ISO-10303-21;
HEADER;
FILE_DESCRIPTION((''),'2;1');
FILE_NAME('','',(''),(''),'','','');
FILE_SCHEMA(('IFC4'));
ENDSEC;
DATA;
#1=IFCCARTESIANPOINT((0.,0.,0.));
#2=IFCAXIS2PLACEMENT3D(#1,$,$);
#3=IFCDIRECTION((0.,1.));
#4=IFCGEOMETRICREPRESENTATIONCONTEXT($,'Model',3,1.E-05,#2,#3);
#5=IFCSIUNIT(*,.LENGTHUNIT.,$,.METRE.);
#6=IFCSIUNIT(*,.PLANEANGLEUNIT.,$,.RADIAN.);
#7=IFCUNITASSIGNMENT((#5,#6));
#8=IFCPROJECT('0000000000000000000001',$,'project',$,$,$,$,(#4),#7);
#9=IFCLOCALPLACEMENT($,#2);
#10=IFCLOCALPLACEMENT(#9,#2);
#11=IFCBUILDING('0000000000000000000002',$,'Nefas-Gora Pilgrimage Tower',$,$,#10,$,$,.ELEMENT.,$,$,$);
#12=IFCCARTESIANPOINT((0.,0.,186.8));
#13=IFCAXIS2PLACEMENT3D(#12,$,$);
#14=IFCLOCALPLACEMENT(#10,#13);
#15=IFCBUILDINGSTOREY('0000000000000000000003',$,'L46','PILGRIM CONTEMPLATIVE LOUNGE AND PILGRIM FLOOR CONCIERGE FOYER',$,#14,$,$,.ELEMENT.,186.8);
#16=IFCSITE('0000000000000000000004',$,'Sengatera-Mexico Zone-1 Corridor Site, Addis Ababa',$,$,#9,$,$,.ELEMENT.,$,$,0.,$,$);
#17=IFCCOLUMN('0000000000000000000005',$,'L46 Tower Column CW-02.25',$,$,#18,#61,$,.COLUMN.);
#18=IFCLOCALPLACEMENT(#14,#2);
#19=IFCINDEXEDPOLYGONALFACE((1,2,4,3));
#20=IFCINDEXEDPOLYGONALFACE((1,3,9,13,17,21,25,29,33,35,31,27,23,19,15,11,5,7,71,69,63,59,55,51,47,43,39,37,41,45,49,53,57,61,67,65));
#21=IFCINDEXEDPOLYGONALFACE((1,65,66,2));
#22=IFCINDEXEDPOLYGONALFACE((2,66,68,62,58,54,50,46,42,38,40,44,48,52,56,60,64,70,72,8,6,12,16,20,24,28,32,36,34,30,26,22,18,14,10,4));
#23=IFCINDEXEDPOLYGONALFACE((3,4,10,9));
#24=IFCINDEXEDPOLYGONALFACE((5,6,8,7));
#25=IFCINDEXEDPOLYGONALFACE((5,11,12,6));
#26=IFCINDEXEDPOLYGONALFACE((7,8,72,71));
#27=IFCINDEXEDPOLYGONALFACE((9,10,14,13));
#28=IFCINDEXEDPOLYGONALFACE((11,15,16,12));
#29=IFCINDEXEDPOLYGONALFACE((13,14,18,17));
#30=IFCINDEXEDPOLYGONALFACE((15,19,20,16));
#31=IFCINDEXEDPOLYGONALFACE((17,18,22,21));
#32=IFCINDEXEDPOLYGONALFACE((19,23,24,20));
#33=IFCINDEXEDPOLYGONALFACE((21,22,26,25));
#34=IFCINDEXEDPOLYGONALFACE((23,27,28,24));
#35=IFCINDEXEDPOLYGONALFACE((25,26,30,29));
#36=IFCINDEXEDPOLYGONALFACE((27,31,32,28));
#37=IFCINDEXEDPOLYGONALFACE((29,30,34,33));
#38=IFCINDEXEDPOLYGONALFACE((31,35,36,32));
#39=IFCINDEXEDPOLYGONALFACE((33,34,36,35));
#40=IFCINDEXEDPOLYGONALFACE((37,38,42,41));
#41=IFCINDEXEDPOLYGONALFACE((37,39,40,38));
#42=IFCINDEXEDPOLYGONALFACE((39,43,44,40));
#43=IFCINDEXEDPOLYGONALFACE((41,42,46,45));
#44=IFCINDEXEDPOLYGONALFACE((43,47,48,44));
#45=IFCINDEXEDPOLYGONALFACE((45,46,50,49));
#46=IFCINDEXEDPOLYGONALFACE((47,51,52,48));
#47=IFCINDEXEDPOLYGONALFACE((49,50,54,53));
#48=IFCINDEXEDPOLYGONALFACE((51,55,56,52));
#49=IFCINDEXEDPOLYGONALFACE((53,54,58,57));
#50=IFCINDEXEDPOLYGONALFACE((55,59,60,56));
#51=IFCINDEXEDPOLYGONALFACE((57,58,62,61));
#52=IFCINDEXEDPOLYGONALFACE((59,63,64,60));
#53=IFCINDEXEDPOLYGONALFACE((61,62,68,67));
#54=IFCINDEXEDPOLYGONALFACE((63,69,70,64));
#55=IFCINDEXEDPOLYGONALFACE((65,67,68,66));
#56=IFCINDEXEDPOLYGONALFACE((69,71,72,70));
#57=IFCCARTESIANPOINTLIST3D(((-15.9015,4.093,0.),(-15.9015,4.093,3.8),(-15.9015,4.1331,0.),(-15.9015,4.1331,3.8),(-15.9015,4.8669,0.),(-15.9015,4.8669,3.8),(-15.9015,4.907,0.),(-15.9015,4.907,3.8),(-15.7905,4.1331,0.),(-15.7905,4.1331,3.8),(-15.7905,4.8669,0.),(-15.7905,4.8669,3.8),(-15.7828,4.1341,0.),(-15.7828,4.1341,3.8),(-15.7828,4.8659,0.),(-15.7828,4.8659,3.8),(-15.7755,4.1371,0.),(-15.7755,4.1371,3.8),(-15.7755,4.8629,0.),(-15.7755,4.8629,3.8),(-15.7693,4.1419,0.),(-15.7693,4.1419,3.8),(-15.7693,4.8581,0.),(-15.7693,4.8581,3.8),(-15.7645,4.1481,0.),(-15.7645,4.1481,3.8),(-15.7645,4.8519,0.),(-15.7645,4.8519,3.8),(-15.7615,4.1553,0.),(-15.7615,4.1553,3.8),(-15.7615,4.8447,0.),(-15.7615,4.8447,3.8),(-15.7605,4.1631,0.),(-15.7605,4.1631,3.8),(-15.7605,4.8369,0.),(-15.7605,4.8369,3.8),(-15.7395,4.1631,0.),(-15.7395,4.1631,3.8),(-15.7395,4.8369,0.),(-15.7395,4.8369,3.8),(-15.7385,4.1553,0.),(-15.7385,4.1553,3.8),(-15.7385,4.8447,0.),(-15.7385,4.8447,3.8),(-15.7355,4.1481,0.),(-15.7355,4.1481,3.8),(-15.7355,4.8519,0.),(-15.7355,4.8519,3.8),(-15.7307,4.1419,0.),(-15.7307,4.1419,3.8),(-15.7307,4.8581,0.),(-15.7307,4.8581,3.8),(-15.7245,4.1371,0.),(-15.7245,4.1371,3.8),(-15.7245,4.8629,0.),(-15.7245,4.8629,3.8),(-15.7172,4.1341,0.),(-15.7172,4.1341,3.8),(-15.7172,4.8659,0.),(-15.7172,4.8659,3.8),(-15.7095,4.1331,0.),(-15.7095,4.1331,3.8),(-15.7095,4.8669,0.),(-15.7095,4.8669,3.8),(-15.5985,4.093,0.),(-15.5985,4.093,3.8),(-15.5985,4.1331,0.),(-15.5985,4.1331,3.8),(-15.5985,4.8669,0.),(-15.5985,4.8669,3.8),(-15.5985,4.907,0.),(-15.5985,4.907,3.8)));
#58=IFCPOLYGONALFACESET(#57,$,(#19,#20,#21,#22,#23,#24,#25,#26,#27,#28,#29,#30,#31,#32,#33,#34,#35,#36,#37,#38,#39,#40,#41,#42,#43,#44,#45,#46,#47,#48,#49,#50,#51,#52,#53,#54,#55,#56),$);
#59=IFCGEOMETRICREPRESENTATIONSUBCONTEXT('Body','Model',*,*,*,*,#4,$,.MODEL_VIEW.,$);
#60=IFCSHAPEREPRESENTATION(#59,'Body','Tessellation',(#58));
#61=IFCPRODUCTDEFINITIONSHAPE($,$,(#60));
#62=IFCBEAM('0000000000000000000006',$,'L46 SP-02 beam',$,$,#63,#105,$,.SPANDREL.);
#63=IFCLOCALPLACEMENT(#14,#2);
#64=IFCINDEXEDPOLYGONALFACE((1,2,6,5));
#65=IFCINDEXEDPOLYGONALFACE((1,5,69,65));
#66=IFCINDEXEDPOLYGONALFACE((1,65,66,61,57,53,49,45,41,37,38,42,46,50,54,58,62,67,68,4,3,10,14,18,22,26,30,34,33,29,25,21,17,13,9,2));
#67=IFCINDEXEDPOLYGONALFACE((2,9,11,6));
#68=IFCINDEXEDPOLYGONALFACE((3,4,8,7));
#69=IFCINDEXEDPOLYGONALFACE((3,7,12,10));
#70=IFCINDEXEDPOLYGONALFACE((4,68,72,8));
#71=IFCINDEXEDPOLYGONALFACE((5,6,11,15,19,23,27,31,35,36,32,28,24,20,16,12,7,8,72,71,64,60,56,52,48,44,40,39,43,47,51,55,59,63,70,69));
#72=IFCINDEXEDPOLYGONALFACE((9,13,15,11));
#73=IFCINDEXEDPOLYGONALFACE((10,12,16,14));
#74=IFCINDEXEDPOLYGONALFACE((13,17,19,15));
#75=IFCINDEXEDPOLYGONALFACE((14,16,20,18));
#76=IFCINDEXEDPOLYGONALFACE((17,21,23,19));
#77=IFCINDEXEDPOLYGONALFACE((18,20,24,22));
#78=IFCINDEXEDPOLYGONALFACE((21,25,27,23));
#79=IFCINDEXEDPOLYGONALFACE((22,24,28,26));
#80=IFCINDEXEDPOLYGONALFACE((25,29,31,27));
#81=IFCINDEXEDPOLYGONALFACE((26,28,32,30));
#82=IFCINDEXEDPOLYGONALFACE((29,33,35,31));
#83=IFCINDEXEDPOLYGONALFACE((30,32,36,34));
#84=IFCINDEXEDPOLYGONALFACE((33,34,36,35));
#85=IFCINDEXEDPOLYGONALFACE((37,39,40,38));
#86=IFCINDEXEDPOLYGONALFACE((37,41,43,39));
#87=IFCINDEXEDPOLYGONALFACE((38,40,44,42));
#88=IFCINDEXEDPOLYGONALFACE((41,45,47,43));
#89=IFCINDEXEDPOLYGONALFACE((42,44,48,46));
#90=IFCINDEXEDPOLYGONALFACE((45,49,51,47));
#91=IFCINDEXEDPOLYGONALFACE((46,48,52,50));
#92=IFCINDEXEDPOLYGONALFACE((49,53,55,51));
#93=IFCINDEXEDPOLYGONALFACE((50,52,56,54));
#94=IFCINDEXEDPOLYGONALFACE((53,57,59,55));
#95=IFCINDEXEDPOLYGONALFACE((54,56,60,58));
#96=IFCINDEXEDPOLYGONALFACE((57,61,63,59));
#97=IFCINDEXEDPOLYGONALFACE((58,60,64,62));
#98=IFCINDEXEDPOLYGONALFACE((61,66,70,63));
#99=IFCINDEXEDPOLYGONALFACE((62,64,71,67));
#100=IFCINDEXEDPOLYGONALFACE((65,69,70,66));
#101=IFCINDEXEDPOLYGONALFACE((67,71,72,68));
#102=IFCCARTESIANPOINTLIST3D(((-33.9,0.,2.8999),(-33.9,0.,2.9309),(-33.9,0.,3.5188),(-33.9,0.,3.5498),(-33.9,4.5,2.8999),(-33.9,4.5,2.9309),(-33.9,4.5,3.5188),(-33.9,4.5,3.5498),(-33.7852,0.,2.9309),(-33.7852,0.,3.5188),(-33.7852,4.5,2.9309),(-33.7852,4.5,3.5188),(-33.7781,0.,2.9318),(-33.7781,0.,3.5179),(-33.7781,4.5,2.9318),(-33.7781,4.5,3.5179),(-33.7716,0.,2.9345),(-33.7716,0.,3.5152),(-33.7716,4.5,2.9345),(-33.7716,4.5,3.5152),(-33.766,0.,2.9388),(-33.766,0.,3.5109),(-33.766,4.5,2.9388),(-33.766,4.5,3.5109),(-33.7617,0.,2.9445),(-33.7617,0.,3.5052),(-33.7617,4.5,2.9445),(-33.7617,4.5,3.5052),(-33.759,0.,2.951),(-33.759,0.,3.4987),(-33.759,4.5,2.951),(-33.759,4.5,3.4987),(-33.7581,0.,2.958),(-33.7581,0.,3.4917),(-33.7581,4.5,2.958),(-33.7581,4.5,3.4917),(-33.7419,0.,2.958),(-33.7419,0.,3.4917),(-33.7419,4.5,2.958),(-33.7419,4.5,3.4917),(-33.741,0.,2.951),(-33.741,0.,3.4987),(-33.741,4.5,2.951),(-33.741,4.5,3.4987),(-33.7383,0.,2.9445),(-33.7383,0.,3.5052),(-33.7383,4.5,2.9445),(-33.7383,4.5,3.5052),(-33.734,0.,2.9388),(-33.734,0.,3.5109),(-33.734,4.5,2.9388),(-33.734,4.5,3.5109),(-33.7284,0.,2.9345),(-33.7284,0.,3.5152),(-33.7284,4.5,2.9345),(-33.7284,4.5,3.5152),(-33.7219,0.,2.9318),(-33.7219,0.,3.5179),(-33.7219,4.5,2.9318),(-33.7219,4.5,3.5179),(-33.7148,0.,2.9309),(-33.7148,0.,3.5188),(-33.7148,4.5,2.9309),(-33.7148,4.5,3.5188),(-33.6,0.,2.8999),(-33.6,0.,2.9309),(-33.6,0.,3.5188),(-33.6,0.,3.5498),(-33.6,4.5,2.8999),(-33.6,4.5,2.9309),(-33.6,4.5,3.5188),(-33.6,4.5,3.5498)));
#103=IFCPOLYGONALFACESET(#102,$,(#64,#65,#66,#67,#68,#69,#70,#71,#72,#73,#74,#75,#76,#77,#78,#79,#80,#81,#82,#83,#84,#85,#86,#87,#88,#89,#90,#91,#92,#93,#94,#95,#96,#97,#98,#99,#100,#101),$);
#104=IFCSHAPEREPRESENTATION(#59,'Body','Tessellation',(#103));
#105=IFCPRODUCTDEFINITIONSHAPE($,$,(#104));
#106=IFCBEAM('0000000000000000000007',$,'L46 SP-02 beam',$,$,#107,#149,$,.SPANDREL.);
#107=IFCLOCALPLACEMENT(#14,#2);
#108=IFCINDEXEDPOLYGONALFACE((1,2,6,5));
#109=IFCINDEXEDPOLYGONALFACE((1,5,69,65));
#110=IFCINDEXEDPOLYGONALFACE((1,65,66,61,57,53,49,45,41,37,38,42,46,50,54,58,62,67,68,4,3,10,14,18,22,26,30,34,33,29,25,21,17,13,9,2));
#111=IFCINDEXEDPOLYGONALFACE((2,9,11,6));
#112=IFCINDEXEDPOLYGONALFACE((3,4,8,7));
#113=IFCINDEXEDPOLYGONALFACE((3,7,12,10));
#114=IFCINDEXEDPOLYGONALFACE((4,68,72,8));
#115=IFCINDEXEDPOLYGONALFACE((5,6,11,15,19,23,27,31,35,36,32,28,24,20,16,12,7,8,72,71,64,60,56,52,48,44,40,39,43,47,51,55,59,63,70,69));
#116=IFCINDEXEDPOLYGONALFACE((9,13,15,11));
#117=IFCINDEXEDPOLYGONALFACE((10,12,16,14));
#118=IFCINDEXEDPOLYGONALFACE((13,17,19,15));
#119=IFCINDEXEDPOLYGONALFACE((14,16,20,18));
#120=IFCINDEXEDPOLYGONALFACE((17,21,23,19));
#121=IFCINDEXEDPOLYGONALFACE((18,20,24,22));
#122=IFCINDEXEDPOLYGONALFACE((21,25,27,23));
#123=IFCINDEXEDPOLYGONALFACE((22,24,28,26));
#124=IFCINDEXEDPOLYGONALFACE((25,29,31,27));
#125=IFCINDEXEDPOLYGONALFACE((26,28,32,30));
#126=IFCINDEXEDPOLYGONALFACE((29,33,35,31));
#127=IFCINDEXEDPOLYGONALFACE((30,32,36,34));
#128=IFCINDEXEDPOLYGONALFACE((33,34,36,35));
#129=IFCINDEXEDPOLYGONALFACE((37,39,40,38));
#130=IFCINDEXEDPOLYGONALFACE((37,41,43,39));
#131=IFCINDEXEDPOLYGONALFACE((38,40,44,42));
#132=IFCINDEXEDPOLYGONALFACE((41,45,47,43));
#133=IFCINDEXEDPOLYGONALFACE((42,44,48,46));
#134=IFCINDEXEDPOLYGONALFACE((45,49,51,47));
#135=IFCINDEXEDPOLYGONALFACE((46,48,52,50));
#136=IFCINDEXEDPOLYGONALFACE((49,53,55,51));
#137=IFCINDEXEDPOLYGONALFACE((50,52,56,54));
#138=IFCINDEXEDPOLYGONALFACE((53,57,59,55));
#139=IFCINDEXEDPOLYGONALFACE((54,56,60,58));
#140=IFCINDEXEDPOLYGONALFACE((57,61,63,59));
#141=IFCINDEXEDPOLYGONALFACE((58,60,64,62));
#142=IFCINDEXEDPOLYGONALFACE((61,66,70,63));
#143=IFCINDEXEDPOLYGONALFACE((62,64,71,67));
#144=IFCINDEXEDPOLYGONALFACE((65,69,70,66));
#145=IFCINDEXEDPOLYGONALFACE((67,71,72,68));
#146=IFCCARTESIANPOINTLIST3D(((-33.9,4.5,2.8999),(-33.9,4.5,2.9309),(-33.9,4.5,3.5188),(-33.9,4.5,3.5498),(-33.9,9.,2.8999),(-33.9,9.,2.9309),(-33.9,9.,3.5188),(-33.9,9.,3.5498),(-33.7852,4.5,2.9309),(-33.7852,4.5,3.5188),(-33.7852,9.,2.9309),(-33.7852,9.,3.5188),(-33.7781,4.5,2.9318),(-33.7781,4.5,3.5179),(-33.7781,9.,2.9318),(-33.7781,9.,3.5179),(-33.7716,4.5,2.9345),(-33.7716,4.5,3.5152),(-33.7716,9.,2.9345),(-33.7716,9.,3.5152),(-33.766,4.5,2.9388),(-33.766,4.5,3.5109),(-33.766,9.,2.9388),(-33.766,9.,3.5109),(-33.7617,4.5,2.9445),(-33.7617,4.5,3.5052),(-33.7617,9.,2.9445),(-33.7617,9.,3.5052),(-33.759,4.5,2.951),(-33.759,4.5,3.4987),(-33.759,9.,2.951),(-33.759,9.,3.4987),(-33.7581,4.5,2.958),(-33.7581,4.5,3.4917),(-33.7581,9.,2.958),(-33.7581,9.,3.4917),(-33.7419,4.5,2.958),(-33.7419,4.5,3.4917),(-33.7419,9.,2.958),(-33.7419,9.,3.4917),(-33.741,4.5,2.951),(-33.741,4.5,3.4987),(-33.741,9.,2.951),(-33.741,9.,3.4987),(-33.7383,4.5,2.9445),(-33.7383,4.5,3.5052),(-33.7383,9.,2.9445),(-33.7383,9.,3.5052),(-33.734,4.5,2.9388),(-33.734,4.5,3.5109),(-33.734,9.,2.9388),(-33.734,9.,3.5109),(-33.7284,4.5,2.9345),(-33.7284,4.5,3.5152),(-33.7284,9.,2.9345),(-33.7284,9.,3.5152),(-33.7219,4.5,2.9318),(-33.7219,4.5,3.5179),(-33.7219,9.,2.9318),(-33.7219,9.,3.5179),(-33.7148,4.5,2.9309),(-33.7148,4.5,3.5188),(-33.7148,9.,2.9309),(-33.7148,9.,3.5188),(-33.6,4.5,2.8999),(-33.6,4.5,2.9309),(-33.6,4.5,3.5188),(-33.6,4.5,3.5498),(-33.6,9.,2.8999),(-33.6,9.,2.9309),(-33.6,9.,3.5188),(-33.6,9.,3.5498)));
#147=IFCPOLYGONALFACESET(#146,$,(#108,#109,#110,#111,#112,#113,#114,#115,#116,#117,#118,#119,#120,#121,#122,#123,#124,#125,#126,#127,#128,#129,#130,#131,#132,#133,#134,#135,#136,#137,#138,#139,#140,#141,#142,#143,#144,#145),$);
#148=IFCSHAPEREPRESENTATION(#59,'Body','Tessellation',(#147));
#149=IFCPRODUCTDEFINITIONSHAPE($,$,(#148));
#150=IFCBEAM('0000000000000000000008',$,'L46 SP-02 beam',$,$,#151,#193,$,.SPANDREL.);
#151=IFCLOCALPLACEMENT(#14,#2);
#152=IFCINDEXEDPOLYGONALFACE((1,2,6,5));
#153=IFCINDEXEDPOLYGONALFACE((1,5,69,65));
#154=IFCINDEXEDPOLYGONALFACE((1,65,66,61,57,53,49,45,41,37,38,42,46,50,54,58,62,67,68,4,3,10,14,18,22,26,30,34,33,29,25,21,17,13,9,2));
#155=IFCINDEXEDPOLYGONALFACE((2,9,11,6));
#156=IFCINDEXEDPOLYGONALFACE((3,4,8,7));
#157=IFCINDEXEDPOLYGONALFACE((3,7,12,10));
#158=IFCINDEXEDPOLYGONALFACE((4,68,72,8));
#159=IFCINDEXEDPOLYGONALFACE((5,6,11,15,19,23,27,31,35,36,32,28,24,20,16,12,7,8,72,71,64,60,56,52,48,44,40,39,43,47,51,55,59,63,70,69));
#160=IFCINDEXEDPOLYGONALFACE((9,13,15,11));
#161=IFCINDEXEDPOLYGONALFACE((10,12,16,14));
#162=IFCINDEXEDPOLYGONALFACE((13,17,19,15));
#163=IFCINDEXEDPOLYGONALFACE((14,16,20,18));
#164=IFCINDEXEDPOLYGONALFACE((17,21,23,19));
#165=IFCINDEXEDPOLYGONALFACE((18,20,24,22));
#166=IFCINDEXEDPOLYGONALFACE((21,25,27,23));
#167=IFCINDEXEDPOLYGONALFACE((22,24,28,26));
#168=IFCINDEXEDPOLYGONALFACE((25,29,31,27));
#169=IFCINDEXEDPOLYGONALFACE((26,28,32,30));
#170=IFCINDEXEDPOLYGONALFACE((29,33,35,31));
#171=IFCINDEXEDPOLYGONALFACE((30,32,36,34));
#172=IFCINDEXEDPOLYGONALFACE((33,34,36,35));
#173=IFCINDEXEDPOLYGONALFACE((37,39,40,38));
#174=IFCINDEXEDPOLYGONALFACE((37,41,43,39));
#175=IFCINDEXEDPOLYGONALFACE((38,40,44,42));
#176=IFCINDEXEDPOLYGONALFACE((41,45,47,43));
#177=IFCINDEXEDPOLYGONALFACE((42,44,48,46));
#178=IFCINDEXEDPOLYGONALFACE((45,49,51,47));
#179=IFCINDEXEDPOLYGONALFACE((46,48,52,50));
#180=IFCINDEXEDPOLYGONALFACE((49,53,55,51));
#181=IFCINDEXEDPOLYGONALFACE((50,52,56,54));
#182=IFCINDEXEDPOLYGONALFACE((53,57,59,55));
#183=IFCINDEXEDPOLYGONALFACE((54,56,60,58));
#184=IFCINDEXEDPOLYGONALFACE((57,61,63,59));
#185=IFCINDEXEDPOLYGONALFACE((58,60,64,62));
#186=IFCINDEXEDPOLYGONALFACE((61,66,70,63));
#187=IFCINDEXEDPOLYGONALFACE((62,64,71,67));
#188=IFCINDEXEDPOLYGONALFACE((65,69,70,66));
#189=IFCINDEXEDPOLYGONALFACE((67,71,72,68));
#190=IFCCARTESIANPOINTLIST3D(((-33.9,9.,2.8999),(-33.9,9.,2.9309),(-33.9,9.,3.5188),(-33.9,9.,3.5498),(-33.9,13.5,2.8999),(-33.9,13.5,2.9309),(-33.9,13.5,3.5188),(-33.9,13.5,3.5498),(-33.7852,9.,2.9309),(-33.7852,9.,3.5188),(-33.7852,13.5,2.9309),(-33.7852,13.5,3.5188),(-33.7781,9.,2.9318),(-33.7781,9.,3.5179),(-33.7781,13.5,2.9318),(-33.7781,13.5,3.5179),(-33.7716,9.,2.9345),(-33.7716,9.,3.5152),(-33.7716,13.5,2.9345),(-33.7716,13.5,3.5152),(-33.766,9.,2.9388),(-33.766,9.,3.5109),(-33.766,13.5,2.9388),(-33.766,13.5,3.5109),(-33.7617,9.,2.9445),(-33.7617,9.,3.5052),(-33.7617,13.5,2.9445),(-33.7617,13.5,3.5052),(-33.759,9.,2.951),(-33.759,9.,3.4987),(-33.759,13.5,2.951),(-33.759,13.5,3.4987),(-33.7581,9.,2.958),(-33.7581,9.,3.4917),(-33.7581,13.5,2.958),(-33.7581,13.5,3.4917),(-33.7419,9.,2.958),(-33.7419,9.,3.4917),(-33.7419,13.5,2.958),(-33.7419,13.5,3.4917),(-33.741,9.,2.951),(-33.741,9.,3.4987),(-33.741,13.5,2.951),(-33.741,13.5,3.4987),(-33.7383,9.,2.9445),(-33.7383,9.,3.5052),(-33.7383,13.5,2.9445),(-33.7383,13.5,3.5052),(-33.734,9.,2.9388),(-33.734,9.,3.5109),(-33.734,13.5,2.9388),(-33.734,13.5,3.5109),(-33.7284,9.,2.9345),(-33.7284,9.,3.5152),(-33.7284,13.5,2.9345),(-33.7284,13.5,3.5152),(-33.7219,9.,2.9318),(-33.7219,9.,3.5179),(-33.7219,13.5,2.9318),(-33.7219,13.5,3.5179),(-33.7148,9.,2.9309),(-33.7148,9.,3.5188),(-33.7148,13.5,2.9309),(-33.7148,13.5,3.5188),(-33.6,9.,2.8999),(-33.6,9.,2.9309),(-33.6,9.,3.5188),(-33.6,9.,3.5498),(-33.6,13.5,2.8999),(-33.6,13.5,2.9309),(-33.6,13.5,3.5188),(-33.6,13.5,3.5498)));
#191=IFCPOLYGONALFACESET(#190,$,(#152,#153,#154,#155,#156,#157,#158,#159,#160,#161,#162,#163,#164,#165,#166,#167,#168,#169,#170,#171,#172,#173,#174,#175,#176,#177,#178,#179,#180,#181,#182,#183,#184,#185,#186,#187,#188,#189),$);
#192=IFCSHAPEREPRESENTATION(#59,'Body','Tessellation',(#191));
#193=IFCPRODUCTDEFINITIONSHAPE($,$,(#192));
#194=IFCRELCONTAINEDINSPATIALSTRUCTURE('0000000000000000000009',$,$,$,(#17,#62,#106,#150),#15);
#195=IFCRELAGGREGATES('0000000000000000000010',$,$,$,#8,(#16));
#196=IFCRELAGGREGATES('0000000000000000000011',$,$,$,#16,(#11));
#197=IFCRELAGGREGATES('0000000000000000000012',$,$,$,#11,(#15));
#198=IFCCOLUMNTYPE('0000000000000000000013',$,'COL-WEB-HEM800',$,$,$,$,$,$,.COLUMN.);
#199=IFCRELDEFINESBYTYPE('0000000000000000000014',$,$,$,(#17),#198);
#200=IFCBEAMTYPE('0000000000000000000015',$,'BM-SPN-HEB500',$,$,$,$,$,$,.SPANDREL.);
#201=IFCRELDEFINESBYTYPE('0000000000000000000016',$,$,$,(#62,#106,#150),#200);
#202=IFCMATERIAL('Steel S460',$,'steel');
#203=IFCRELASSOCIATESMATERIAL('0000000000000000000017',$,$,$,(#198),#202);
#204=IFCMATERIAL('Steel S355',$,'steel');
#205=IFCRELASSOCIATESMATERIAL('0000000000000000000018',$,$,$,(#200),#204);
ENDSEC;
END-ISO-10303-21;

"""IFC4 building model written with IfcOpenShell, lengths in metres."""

from ifc_helpers import new_model, si_unit, direction, frame, origin, origin_2d, place, context, subcontext, project, spatial, i_section, extrude, source, transform, mapped, material, material_profile, profile_set, type_object, element, save


model = new_model("IFC4")

# Units and contexts
model_context = context("Model", 3, precision=1e-05, world=origin(), true_north=direction((0.0, 1.0)))
body_context = subcontext(model_context, "Body", "Model", "MODEL_VIEW")
ifc_project = project(units=[si_unit("LENGTHUNIT", "METRE"), si_unit("PLANEANGLEUNIT", "RADIAN")], contexts=[model_context])

# Site, building, storey
site_placement = place(None, origin())
site = spatial("IfcSite", under=ifc_project, at=site_placement, Name="Sengatera-Mexico Zone-1 Corridor Site, Addis Ababa", CompositionType="ELEMENT", RefElevation=0.0)
building_placement = place(site_placement, origin())
building = spatial("IfcBuilding", under=site, at=building_placement, Name="Nefas-Gora Pilgrimage Tower", CompositionType="ELEMENT")
storey_placement = place(building_placement, frame((0.0, 0.0, 186.8)))
storey = spatial("IfcBuildingStorey", under=building, at=storey_placement, Name="L46", Description="PILGRIM CONTEMPLATIVE LOUNGE AND PILGRIM FLOOR CONCIERGE FOYER", CompositionType="ELEMENT", Elevation=186.8)

# Column
ifc_material_1 = material(Name="Steel S460", Category="steel")
ifc_material_profile_1 = material_profile(ifc_material_1, i_section(OverallWidth=0.303, OverallDepth=0.814, WebThickness=0.021, FlangeThickness=0.04, FilletRadius=0.03, at=origin_2d()), Name="HEM 800")
ifc_profile_set_1 = profile_set([ifc_material_profile_1], Name="Steel S460")
column_type_1 = type_object("IfcColumnType", Name="COL-WEB-HEM800", PredefinedType="COLUMN", material=ifc_profile_set_1)
shared_shape_1 = source(origin(), body_context, "Body", "SweptSolid", [
    extrude(i_section(OverallWidth=0.303, OverallDepth=0.814, WebThickness=0.021, FlangeThickness=0.04, FilletRadius=0.03, at=origin_2d()), origin(), (0.0, 0.0, 1.0), 3.8),
])
for number, where, z_axis, x_axis, name in (
    (1, (-15.75, 4.5, 0.0), (0.0, 0.0, 1.0), (1.0, 0.0, 0.0), "L46 Tower Column CW-02.25"),
):
    element("IfcColumn", number, at=place(storey_placement, frame(where, z_axis=z_axis, x_axis=x_axis)), inside=storey, type_object=column_type_1, Name=name, PredefinedType="COLUMN", context=body_context, shape_type="MappedRepresentation", body=[
        mapped(shared_shape_1, transform((0.0, 0.0, 0.0), x_axis=(1.0, 0.0, 0.0), y_axis=(0.0, 1.0, 0.0), z_axis=(0.0, 0.0, 1.0), scale=1.0)),
    ])

# Beams
ifc_material_2 = material(Name="Steel S355", Category="steel")
ifc_material_profile_2 = material_profile(ifc_material_2, i_section(OverallWidth=0.3, OverallDepth=0.6499, WebThickness=0.0161, FlangeThickness=0.031, FilletRadius=0.0271, at=origin_2d()), Name="HEB 650")
ifc_profile_set_2 = profile_set([ifc_material_profile_2], Name="Steel S355")
beam_type_1 = type_object("IfcBeamType", Name="BM-SPN-HEB500", PredefinedType="SPANDREL", material=ifc_profile_set_2)
shared_shape_2 = source(origin(), body_context, "Body", "SweptSolid", [
    extrude(i_section(OverallWidth=0.3, OverallDepth=0.6499, WebThickness=0.0161, FlangeThickness=0.031, FilletRadius=0.0271, at=origin_2d()), origin(), (0.0, 0.0, 1.0), 4.5),
])
for number, where, z_axis, x_axis, name in (
    (2, (-33.75, 0.0, 3.2249), (0.0, 1.0, 0.0), (-1.0, 0.0, 0.0), "L46 SP-02 beam"),
    (3, (-33.75, 4.5, 3.2249), (0.0, 1.0, 0.0), (-1.0, 0.0, 0.0), "L46 SP-02 beam"),
    (4, (-33.75, 9.0, 3.2249), (0.0, 1.0, 0.0), (-1.0, 0.0, 0.0), "L46 SP-02 beam"),
):
    element("IfcBeam", number, at=place(storey_placement, frame(where, z_axis=z_axis, x_axis=x_axis)), inside=storey, type_object=beam_type_1, Name=name, PredefinedType="SPANDREL", context=body_context, shape_type="MappedRepresentation", body=[
        mapped(shared_shape_2, transform((0.0, 0.0, 0.0), x_axis=(1.0, 0.0, 0.0), y_axis=(0.0, 1.0, 0.0), z_axis=(0.0, 0.0, 1.0), scale=1.0)),
    ])

save(model, "model.ifc")
